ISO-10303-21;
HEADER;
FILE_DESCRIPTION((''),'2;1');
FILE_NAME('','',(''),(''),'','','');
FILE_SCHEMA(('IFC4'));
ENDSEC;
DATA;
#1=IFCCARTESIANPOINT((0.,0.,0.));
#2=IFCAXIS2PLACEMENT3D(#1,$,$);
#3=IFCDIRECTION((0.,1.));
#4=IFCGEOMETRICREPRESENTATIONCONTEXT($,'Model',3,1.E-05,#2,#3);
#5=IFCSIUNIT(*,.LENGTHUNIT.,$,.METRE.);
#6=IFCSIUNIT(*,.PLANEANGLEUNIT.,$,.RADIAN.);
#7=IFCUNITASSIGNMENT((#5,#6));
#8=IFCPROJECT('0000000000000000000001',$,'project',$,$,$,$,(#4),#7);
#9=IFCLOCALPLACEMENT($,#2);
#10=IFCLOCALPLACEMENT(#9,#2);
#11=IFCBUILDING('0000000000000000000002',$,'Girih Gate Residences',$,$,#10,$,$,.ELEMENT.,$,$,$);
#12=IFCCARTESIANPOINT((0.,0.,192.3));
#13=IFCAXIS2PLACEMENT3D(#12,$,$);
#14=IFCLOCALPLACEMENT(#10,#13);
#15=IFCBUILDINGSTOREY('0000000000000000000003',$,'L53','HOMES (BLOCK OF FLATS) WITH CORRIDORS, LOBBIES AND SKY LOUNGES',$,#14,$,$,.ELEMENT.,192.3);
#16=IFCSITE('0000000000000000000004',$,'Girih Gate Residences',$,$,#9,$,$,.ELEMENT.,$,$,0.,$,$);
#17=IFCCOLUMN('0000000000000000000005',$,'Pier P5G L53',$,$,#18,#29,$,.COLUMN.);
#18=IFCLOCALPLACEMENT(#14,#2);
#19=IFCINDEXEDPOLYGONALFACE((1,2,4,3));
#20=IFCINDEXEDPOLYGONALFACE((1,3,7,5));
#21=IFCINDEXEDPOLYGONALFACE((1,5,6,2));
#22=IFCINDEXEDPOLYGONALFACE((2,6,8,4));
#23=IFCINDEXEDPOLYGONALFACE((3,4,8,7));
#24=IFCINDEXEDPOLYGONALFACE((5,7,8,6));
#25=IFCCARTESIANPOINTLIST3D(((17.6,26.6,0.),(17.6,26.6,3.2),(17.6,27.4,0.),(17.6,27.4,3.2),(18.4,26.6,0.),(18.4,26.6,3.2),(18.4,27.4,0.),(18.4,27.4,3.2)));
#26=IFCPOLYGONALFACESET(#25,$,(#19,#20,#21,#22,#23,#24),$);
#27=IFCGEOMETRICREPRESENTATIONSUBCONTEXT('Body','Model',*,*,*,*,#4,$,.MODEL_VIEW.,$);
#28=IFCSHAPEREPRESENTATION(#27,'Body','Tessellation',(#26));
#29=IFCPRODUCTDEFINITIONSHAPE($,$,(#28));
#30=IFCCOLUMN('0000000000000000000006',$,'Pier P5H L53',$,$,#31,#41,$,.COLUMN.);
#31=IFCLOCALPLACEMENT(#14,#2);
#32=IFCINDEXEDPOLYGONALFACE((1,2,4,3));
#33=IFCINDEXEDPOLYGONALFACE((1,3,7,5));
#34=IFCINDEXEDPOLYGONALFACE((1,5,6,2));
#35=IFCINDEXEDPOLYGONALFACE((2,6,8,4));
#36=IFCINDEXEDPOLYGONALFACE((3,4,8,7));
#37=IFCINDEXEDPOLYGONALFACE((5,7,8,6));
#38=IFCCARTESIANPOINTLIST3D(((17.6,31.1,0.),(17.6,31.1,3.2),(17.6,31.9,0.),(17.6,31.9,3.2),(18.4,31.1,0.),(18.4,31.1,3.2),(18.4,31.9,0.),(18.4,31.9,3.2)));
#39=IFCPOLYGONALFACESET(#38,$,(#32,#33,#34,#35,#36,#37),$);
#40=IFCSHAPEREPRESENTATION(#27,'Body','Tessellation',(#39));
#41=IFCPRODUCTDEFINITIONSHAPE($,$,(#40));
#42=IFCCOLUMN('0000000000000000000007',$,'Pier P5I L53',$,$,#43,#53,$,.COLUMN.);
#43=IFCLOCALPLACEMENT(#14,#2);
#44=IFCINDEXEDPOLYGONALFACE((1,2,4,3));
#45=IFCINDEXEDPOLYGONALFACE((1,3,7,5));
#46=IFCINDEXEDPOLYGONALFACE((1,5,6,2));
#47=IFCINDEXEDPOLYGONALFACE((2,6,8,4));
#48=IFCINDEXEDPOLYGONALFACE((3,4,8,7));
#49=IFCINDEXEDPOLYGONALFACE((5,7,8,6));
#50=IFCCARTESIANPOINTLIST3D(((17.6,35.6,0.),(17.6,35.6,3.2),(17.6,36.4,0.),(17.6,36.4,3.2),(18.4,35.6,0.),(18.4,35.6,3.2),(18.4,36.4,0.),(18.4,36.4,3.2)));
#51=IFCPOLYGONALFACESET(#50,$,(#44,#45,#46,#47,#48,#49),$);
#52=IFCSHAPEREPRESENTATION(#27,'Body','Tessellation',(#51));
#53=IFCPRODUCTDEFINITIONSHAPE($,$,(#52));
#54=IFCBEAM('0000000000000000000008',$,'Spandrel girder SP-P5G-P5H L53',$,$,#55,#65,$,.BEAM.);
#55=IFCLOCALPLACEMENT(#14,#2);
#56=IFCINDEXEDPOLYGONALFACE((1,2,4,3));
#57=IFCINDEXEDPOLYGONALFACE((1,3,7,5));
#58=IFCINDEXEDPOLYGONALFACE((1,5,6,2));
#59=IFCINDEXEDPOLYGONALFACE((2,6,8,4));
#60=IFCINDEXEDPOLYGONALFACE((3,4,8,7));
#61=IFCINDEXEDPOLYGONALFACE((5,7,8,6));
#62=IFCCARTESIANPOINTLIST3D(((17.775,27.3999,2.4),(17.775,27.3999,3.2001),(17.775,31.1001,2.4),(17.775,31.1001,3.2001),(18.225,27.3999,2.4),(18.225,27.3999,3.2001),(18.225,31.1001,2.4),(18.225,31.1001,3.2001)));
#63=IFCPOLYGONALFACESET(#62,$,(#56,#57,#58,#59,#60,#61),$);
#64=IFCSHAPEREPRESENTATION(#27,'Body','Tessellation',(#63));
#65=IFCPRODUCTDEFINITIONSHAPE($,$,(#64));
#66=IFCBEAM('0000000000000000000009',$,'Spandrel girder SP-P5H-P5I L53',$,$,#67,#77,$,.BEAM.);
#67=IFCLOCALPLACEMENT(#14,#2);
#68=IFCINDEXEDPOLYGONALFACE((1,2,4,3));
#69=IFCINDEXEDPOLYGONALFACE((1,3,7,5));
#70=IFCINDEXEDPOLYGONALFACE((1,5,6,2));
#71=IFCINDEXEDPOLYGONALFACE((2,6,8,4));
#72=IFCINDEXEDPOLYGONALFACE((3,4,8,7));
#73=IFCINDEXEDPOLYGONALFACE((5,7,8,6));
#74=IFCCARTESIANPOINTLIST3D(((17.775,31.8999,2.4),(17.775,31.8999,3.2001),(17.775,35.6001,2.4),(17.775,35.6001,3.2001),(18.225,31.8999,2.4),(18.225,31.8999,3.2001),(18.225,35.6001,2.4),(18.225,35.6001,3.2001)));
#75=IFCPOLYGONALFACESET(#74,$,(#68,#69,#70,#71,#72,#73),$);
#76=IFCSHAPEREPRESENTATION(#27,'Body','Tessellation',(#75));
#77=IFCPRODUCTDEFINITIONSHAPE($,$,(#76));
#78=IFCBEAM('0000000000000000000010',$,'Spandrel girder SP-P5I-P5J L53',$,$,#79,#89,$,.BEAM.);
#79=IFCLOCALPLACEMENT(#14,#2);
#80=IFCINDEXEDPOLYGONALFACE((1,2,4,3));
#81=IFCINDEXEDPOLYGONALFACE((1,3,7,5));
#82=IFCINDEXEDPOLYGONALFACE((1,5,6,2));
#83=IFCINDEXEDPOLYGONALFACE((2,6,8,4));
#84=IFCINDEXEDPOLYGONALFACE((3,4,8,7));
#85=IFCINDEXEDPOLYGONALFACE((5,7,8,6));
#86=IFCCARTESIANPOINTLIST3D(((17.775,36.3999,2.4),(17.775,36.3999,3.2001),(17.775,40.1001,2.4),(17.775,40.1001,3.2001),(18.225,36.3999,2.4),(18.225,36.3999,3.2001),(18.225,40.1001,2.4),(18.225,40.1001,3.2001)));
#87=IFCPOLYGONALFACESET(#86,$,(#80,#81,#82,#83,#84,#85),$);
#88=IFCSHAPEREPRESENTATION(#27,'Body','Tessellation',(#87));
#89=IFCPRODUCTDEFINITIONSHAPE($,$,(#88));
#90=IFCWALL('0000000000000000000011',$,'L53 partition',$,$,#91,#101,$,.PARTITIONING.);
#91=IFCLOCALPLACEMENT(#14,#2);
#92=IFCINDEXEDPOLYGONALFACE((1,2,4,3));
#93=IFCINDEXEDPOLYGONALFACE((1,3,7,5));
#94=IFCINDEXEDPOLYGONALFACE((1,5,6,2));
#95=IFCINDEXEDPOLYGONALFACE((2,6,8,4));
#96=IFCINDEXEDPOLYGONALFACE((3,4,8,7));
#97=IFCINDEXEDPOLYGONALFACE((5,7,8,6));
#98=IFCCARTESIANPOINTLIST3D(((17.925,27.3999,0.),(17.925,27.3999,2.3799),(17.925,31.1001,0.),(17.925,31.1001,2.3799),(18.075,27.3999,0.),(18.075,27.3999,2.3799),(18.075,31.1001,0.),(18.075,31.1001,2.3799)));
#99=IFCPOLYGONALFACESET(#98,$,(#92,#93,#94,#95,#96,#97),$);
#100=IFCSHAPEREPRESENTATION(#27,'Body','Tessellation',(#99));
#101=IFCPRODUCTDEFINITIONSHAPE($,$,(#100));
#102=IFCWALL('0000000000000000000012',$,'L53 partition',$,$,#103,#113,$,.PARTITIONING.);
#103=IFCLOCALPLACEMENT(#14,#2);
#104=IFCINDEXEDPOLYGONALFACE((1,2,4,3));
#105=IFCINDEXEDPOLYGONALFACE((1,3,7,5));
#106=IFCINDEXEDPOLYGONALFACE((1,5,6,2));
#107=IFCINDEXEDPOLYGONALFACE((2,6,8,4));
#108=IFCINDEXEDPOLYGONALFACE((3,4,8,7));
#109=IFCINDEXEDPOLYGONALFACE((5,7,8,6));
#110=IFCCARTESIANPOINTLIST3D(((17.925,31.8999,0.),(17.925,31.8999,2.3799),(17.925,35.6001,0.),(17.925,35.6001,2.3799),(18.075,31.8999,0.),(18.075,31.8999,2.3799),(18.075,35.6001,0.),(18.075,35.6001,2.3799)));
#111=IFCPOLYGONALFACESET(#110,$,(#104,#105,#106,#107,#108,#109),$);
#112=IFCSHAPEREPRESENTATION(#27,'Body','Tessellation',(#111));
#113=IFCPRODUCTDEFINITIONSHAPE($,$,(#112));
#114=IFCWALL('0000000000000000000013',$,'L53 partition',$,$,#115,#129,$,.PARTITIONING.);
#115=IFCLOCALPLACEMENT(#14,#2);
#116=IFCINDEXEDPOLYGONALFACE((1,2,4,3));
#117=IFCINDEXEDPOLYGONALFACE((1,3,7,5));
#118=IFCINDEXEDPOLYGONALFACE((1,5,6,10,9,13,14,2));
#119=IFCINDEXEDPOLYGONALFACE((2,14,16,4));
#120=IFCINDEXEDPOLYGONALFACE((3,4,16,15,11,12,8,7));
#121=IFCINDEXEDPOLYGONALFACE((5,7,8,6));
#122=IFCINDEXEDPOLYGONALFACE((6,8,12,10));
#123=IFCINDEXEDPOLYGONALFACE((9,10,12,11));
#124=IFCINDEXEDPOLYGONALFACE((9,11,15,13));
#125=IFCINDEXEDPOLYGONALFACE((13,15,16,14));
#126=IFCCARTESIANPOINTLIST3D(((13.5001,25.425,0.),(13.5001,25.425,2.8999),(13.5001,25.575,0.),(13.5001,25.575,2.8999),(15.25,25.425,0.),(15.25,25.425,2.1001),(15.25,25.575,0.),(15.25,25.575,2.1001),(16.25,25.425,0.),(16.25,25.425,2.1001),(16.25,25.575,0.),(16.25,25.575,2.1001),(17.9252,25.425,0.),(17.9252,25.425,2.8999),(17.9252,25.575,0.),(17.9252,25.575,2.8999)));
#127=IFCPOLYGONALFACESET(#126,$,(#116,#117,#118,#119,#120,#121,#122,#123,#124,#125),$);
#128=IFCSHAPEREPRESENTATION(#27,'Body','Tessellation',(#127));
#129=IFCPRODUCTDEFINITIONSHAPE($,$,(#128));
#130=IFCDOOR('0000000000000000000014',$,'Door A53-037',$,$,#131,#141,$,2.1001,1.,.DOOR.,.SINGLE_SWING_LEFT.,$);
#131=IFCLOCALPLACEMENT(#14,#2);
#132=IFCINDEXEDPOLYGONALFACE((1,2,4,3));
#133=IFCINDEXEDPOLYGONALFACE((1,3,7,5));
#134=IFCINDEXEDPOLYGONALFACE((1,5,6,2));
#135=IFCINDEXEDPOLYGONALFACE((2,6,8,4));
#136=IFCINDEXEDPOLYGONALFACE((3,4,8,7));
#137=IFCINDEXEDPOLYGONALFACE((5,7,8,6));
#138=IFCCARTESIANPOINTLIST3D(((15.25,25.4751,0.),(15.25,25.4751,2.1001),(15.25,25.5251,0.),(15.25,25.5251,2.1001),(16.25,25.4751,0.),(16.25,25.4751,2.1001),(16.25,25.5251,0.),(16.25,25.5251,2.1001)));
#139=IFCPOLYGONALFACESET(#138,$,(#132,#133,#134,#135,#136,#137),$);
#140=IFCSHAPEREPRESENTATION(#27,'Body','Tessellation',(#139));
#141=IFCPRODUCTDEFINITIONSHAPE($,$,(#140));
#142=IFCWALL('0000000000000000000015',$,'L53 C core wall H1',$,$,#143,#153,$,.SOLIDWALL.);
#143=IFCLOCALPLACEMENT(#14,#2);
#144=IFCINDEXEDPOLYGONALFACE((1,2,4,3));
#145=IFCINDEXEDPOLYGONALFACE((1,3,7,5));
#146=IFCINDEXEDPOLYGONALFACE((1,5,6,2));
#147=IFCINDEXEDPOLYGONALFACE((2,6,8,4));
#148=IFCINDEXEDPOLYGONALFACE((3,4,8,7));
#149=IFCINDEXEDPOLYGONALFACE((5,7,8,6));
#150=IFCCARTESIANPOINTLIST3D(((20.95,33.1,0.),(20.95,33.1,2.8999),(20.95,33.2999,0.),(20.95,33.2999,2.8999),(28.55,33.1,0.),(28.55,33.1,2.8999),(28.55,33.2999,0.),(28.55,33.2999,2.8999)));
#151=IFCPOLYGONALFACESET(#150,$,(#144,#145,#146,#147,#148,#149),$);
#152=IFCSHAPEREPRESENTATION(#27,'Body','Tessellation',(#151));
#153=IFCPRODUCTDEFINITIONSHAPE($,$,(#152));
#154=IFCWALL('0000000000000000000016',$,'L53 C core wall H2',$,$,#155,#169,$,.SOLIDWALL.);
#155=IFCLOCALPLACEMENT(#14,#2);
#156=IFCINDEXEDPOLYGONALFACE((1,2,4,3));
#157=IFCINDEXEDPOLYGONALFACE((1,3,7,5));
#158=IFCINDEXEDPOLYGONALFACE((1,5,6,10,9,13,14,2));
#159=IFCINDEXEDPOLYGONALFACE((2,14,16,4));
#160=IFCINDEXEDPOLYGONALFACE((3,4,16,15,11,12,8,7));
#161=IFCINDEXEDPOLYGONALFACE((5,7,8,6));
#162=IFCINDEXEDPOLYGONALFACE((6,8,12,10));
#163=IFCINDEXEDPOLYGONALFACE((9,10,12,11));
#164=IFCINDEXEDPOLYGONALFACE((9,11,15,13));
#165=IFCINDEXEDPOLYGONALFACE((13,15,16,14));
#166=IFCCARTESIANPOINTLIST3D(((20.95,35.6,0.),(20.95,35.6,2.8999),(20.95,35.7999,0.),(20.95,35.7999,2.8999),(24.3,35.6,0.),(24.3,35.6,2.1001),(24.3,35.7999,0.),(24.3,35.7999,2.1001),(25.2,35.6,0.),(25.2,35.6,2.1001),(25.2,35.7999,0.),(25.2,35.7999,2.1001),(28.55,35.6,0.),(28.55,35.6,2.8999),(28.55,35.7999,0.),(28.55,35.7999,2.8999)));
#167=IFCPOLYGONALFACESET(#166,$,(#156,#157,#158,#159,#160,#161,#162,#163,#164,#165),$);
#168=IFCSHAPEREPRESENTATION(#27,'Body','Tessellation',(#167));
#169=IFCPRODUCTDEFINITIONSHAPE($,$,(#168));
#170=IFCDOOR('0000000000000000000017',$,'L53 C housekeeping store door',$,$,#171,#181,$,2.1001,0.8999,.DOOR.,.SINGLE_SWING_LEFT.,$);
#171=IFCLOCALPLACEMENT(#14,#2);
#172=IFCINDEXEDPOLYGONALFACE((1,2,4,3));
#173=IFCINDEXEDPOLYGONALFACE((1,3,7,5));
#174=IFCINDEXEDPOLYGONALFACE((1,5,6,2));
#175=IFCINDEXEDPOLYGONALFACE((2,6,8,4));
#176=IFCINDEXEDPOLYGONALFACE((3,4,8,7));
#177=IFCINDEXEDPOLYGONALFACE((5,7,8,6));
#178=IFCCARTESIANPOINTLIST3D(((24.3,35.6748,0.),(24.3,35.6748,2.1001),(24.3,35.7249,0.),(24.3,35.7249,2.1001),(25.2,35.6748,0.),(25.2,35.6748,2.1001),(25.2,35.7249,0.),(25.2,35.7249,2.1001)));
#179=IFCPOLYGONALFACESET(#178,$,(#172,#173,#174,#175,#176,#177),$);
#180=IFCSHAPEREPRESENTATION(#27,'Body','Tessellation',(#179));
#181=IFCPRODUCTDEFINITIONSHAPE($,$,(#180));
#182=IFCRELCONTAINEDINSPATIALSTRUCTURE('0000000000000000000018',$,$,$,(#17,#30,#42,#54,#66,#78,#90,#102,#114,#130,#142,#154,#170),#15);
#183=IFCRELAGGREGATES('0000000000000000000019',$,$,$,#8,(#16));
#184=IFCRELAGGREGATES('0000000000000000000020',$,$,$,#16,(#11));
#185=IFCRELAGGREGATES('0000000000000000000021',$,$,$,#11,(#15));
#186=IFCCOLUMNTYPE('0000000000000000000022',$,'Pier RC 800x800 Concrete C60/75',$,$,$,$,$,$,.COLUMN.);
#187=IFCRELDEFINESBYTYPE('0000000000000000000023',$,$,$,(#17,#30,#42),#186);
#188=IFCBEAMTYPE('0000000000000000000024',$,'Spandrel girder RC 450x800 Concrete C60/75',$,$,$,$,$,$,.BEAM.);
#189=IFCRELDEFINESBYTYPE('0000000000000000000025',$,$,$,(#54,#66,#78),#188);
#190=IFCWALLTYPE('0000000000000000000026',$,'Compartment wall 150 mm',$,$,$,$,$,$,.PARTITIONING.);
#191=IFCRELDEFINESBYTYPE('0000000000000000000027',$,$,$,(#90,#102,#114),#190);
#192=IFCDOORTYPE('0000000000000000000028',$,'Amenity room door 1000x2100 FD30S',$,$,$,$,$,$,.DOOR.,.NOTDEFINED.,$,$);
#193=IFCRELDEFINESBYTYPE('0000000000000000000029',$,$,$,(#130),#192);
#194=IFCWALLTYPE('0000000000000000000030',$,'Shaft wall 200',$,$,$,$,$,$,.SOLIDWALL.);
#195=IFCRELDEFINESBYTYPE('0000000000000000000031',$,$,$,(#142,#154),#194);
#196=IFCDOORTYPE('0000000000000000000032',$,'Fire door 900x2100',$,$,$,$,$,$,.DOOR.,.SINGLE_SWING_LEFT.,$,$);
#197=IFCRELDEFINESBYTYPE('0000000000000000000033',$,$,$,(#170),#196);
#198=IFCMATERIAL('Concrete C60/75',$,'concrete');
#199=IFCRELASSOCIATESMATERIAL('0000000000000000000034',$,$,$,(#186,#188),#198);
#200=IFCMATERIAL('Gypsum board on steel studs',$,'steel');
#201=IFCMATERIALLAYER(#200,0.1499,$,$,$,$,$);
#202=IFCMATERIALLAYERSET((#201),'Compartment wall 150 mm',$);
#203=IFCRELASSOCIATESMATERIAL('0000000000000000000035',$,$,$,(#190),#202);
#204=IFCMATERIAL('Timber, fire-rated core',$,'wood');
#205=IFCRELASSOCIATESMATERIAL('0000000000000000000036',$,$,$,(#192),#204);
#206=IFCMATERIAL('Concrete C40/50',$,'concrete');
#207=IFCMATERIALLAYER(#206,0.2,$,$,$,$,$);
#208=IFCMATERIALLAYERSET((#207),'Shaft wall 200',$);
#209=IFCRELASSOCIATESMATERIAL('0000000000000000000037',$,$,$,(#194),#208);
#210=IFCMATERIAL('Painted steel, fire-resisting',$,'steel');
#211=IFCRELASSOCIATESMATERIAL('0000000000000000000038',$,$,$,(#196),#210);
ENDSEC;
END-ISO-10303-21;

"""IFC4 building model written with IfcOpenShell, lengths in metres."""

from ifc_helpers import new_model, si_unit, direction, frame, frame_2d, origin, origin_2d, place, context, subcontext, project, spatial, rectangle, extrude, material, layer, layer_set, material_profile, profile_set, type_object, element, fill, save


model = new_model("IFC4")

# Units and contexts
model_context = context("Model", 3, precision=1e-05, world=origin(), true_north=direction((0.0, 1.0)))
body_context = subcontext(model_context, "Body", "Model", "MODEL_VIEW")
ifc_project = project(units=[si_unit("LENGTHUNIT", "METRE"), si_unit("PLANEANGLEUNIT", "RADIAN")], contexts=[model_context])

# Site, building, storey
site_placement = place(None, origin())
site = spatial("IfcSite", under=ifc_project, at=site_placement, Name="Girih Gate Residences", CompositionType="ELEMENT", RefElevation=0.0)
building_placement = place(site_placement, origin())
building = spatial("IfcBuilding", under=site, at=building_placement, Name="Girih Gate Residences", CompositionType="ELEMENT")
storey_placement = place(building_placement, frame((0.0, 0.0, 192.3)))
storey = spatial("IfcBuildingStorey", under=building, at=storey_placement, Name="L53", Description="HOMES (BLOCK OF FLATS) WITH CORRIDORS, LOBBIES AND SKY LOUNGES", CompositionType="ELEMENT", Elevation=192.3)

# Columns
ifc_material_1 = material(Name="Concrete C60/75", Category="concrete")
ifc_material_profile_1 = material_profile(ifc_material_1, rectangle(XDim=0.8, YDim=0.8, at=origin_2d()))
ifc_profile_set_1 = profile_set([ifc_material_profile_1], Name="Concrete C60/75")
column_type = type_object("IfcColumnType", Name="Pier RC 800x800 Concrete C60/75", PredefinedType="COLUMN", material=ifc_profile_set_1)
for number, where, z_axis, x_axis, name in (
    (1, (18.0, 27.0, 0.0), (0.0, 0.0, 1.0), (1.0, 0.0, 0.0), "Pier P5G L53"),
    (2, (18.0, 31.5, 0.0), (0.0, 0.0, 1.0), (1.0, 0.0, 0.0), "Pier P5H L53"),
    (3, (18.0, 36.0, 0.0), (0.0, 0.0, 1.0), (1.0, 0.0, 0.0), "Pier P5I L53"),
):
    element("IfcColumn", number, at=place(storey_placement, frame(where, z_axis=z_axis, x_axis=x_axis)), inside=storey, type_object=column_type, Name=name, PredefinedType="COLUMN", context=body_context, shape_type="SweptSolid", body=[
        extrude(rectangle(XDim=0.8, YDim=0.8, at=origin_2d()), origin(), (0.0, 0.0, 1.0), 3.2),
    ])

# Beams
ifc_material_profile_2 = material_profile(ifc_material_1, rectangle(XDim=0.45, YDim=0.8, at=origin_2d()))
ifc_profile_set_2 = profile_set([ifc_material_profile_2], Name="Concrete C60/75")
beam_type = type_object("IfcBeamType", Name="Spandrel girder RC 450x800 Concrete C60/75", PredefinedType="BEAM", material=ifc_profile_set_2)
for number, where, z_axis, x_axis, name in (
    (4, (18.0, 27.3999, 2.8), (0.0, 1.0, 0.0), (-1.0, 0.0, 0.0), "Spandrel girder SP-P5G-P5H L53"),
    (5, (18.0, 31.8999, 2.8), (0.0, 1.0, 0.0), (-1.0, 0.0, 0.0), "Spandrel girder SP-P5H-P5I L53"),
    (6, (18.0, 36.3999, 2.8), (0.0, 1.0, 0.0), (-1.0, 0.0, 0.0), "Spandrel girder SP-P5I-P5J L53"),
):
    element("IfcBeam", number, at=place(storey_placement, frame(where, z_axis=z_axis, x_axis=x_axis)), inside=storey, type_object=beam_type, Name=name, PredefinedType="BEAM", context=body_context, shape_type="SweptSolid", body=[
        extrude(rectangle(XDim=0.45, YDim=0.8, at=origin_2d()), origin(), (0.0, 0.0, 1.0), 3.7002),
    ])

# Walls
ifc_material_2 = material(Name="Gypsum board on steel studs", Category="steel")
ifc_layer_1 = layer(ifc_material_2, 0.1499)
ifc_layer_set_1 = layer_set([ifc_layer_1], Name="Compartment wall 150 mm")
wall_type_1 = type_object("IfcWallType", Name="Compartment wall 150 mm", PredefinedType="PARTITIONING", material=ifc_layer_set_1)
for number, where, z_axis, x_axis, name in (
    (7, (18.0, 27.3999, 0.0), (0.0, 0.0, 1.0), (0.0, 1.0, 0.0), "L53 partition"),
    (8, (18.0, 31.8999, 0.0), (0.0, 0.0, 1.0), (0.0, 1.0, 0.0), "L53 partition"),
):
    element("IfcWall", number, at=place(storey_placement, frame(where, z_axis=z_axis, x_axis=x_axis)), inside=storey, type_object=wall_type_1, Name=name, PredefinedType="PARTITIONING", context=body_context, shape_type="SweptSolid", body=[
        extrude(rectangle(XDim=3.7002, YDim=0.1499, at=frame_2d((1.8501, 0.0))), origin(), (0.0, 0.0, 1.0), 2.3799),
    ])

# Wall, opening, door
wall_1_placement = place(storey_placement, frame((17.925, 25.5, 0.0), z_axis=(0.0, 0.0, 1.0), x_axis=(-1.0, 0.0, 0.0)))
wall_1 = element("IfcWall", 9, at=wall_1_placement, inside=storey, type_object=wall_type_1, Name="L53 partition", PredefinedType="PARTITIONING", context=body_context, shape_type="SweptSolid", body=[
    extrude(rectangle(XDim=4.425, YDim=0.1499, at=frame_2d((2.2124, 0.0))), origin(), (0.0, 0.0, 1.0), 2.8999),
])
opening_1_placement = place(wall_1_placement, frame((1.675, 0.0, 0.0)))
opening_1 = element("IfcOpeningElement", 10, at=opening_1_placement, cuts=wall_1, PredefinedType="OPENING", context=body_context, shape_type="SweptSolid", body=[
    extrude(rectangle(XDim=1.0, YDim=2.1001, at=frame_2d((0.5, 1.05))), frame((0.0, 0.085, 0.0), z_axis=(0.0, -1.0, 0.0), x_axis=(1.0, 0.0, 0.0)), (0.0, 0.0, 1.0), 0.1699),
])
ifc_material_3 = material(Name="Timber, fire-rated core", Category="wood")
door_type_1 = type_object("IfcDoorType", Name="Amenity room door 1000x2100 FD30S", OperationType="NOTDEFINED", PredefinedType="DOOR", material=ifc_material_3)
door_1_placement = place(opening_1_placement, origin())
door_1 = element("IfcDoor", 11, at=door_1_placement, inside=storey, type_object=door_type_1, Name="Door A53-037", OperationType="SINGLE_SWING_LEFT", OverallHeight=2.1001, OverallWidth=1.0, PredefinedType="DOOR", context=body_context, shape_type="SweptSolid", body=[
    extrude(rectangle(XDim=1.0, YDim=2.1001, at=frame_2d((0.5, 1.05))), frame((0.0, 0.0249, 0.0), z_axis=(0.0, -1.0, 0.0), x_axis=(1.0, 0.0, 0.0)), (0.0, 0.0, 1.0), 0.05),
])
fill(opening_1, door_1)

# Wall
ifc_material_4 = material(Name="Concrete C40/50", Category="concrete")
ifc_layer_2 = layer(ifc_material_4, 0.2)
ifc_layer_set_2 = layer_set([ifc_layer_2], Name="Shaft wall 200")
wall_type_2 = type_object("IfcWallType", Name="Shaft wall 200", PredefinedType="SOLIDWALL", material=ifc_layer_set_2)
wall_2_placement = place(storey_placement, frame((20.95, 33.2, 0.0), z_axis=(0.0, 0.0, 1.0), x_axis=(1.0, 0.0, 0.0)))
element("IfcWall", 12, at=wall_2_placement, inside=storey, type_object=wall_type_2, Name="L53 C core wall H1", PredefinedType="SOLIDWALL", context=body_context, shape_type="SweptSolid", body=[
    extrude(rectangle(XDim=7.6001, YDim=0.2, at=frame_2d((3.8, 0.0))), origin(), (0.0, 0.0, 1.0), 2.8999),
])

# Wall, opening, door
wall_3_placement = place(storey_placement, frame((20.95, 35.7, 0.0), z_axis=(0.0, 0.0, 1.0), x_axis=(1.0, 0.0, 0.0)))
wall_3 = element("IfcWall", 13, at=wall_3_placement, inside=storey, type_object=wall_type_2, Name="L53 C core wall H2", PredefinedType="SOLIDWALL", context=body_context, shape_type="SweptSolid", body=[
    extrude(rectangle(XDim=7.6001, YDim=0.2, at=frame_2d((3.8, 0.0))), origin(), (0.0, 0.0, 1.0), 2.8999),
])
opening_2_placement = place(wall_3_placement, frame((3.3501, 0.0, 0.0)))
opening_2 = element("IfcOpeningElement", 14, at=opening_2_placement, cuts=wall_3, PredefinedType="OPENING", context=body_context, shape_type="SweptSolid", body=[
    extrude(rectangle(XDim=0.8999, YDim=2.1001, at=frame_2d((0.45, 1.05))), frame((0.0, 0.1099, 0.0), z_axis=(0.0, -1.0, 0.0), x_axis=(1.0, 0.0, 0.0)), (0.0, 0.0, 1.0), 0.22),
])
ifc_material_5 = material(Name="Painted steel, fire-resisting", Category="steel")
door_type_2 = type_object("IfcDoorType", Name="Fire door 900x2100", OperationType="SINGLE_SWING_LEFT", PredefinedType="DOOR", material=ifc_material_5)
door_2_placement = place(opening_2_placement, origin())
door_2 = element("IfcDoor", 15, at=door_2_placement, inside=storey, type_object=door_type_2, Name="L53 C housekeeping store door", OperationType="SINGLE_SWING_LEFT", OverallHeight=2.1001, OverallWidth=0.8999, PredefinedType="DOOR", context=body_context, shape_type="SweptSolid", body=[
    extrude(rectangle(XDim=0.8999, YDim=2.1001, at=frame_2d((0.45, 1.05))), frame((0.0, 0.0249, 0.0), z_axis=(0.0, -1.0, 0.0), x_axis=(1.0, 0.0, 0.0)), (0.0, 0.0, 1.0), 0.05),
])
fill(opening_2, door_2)

save(model, "model.ifc")
